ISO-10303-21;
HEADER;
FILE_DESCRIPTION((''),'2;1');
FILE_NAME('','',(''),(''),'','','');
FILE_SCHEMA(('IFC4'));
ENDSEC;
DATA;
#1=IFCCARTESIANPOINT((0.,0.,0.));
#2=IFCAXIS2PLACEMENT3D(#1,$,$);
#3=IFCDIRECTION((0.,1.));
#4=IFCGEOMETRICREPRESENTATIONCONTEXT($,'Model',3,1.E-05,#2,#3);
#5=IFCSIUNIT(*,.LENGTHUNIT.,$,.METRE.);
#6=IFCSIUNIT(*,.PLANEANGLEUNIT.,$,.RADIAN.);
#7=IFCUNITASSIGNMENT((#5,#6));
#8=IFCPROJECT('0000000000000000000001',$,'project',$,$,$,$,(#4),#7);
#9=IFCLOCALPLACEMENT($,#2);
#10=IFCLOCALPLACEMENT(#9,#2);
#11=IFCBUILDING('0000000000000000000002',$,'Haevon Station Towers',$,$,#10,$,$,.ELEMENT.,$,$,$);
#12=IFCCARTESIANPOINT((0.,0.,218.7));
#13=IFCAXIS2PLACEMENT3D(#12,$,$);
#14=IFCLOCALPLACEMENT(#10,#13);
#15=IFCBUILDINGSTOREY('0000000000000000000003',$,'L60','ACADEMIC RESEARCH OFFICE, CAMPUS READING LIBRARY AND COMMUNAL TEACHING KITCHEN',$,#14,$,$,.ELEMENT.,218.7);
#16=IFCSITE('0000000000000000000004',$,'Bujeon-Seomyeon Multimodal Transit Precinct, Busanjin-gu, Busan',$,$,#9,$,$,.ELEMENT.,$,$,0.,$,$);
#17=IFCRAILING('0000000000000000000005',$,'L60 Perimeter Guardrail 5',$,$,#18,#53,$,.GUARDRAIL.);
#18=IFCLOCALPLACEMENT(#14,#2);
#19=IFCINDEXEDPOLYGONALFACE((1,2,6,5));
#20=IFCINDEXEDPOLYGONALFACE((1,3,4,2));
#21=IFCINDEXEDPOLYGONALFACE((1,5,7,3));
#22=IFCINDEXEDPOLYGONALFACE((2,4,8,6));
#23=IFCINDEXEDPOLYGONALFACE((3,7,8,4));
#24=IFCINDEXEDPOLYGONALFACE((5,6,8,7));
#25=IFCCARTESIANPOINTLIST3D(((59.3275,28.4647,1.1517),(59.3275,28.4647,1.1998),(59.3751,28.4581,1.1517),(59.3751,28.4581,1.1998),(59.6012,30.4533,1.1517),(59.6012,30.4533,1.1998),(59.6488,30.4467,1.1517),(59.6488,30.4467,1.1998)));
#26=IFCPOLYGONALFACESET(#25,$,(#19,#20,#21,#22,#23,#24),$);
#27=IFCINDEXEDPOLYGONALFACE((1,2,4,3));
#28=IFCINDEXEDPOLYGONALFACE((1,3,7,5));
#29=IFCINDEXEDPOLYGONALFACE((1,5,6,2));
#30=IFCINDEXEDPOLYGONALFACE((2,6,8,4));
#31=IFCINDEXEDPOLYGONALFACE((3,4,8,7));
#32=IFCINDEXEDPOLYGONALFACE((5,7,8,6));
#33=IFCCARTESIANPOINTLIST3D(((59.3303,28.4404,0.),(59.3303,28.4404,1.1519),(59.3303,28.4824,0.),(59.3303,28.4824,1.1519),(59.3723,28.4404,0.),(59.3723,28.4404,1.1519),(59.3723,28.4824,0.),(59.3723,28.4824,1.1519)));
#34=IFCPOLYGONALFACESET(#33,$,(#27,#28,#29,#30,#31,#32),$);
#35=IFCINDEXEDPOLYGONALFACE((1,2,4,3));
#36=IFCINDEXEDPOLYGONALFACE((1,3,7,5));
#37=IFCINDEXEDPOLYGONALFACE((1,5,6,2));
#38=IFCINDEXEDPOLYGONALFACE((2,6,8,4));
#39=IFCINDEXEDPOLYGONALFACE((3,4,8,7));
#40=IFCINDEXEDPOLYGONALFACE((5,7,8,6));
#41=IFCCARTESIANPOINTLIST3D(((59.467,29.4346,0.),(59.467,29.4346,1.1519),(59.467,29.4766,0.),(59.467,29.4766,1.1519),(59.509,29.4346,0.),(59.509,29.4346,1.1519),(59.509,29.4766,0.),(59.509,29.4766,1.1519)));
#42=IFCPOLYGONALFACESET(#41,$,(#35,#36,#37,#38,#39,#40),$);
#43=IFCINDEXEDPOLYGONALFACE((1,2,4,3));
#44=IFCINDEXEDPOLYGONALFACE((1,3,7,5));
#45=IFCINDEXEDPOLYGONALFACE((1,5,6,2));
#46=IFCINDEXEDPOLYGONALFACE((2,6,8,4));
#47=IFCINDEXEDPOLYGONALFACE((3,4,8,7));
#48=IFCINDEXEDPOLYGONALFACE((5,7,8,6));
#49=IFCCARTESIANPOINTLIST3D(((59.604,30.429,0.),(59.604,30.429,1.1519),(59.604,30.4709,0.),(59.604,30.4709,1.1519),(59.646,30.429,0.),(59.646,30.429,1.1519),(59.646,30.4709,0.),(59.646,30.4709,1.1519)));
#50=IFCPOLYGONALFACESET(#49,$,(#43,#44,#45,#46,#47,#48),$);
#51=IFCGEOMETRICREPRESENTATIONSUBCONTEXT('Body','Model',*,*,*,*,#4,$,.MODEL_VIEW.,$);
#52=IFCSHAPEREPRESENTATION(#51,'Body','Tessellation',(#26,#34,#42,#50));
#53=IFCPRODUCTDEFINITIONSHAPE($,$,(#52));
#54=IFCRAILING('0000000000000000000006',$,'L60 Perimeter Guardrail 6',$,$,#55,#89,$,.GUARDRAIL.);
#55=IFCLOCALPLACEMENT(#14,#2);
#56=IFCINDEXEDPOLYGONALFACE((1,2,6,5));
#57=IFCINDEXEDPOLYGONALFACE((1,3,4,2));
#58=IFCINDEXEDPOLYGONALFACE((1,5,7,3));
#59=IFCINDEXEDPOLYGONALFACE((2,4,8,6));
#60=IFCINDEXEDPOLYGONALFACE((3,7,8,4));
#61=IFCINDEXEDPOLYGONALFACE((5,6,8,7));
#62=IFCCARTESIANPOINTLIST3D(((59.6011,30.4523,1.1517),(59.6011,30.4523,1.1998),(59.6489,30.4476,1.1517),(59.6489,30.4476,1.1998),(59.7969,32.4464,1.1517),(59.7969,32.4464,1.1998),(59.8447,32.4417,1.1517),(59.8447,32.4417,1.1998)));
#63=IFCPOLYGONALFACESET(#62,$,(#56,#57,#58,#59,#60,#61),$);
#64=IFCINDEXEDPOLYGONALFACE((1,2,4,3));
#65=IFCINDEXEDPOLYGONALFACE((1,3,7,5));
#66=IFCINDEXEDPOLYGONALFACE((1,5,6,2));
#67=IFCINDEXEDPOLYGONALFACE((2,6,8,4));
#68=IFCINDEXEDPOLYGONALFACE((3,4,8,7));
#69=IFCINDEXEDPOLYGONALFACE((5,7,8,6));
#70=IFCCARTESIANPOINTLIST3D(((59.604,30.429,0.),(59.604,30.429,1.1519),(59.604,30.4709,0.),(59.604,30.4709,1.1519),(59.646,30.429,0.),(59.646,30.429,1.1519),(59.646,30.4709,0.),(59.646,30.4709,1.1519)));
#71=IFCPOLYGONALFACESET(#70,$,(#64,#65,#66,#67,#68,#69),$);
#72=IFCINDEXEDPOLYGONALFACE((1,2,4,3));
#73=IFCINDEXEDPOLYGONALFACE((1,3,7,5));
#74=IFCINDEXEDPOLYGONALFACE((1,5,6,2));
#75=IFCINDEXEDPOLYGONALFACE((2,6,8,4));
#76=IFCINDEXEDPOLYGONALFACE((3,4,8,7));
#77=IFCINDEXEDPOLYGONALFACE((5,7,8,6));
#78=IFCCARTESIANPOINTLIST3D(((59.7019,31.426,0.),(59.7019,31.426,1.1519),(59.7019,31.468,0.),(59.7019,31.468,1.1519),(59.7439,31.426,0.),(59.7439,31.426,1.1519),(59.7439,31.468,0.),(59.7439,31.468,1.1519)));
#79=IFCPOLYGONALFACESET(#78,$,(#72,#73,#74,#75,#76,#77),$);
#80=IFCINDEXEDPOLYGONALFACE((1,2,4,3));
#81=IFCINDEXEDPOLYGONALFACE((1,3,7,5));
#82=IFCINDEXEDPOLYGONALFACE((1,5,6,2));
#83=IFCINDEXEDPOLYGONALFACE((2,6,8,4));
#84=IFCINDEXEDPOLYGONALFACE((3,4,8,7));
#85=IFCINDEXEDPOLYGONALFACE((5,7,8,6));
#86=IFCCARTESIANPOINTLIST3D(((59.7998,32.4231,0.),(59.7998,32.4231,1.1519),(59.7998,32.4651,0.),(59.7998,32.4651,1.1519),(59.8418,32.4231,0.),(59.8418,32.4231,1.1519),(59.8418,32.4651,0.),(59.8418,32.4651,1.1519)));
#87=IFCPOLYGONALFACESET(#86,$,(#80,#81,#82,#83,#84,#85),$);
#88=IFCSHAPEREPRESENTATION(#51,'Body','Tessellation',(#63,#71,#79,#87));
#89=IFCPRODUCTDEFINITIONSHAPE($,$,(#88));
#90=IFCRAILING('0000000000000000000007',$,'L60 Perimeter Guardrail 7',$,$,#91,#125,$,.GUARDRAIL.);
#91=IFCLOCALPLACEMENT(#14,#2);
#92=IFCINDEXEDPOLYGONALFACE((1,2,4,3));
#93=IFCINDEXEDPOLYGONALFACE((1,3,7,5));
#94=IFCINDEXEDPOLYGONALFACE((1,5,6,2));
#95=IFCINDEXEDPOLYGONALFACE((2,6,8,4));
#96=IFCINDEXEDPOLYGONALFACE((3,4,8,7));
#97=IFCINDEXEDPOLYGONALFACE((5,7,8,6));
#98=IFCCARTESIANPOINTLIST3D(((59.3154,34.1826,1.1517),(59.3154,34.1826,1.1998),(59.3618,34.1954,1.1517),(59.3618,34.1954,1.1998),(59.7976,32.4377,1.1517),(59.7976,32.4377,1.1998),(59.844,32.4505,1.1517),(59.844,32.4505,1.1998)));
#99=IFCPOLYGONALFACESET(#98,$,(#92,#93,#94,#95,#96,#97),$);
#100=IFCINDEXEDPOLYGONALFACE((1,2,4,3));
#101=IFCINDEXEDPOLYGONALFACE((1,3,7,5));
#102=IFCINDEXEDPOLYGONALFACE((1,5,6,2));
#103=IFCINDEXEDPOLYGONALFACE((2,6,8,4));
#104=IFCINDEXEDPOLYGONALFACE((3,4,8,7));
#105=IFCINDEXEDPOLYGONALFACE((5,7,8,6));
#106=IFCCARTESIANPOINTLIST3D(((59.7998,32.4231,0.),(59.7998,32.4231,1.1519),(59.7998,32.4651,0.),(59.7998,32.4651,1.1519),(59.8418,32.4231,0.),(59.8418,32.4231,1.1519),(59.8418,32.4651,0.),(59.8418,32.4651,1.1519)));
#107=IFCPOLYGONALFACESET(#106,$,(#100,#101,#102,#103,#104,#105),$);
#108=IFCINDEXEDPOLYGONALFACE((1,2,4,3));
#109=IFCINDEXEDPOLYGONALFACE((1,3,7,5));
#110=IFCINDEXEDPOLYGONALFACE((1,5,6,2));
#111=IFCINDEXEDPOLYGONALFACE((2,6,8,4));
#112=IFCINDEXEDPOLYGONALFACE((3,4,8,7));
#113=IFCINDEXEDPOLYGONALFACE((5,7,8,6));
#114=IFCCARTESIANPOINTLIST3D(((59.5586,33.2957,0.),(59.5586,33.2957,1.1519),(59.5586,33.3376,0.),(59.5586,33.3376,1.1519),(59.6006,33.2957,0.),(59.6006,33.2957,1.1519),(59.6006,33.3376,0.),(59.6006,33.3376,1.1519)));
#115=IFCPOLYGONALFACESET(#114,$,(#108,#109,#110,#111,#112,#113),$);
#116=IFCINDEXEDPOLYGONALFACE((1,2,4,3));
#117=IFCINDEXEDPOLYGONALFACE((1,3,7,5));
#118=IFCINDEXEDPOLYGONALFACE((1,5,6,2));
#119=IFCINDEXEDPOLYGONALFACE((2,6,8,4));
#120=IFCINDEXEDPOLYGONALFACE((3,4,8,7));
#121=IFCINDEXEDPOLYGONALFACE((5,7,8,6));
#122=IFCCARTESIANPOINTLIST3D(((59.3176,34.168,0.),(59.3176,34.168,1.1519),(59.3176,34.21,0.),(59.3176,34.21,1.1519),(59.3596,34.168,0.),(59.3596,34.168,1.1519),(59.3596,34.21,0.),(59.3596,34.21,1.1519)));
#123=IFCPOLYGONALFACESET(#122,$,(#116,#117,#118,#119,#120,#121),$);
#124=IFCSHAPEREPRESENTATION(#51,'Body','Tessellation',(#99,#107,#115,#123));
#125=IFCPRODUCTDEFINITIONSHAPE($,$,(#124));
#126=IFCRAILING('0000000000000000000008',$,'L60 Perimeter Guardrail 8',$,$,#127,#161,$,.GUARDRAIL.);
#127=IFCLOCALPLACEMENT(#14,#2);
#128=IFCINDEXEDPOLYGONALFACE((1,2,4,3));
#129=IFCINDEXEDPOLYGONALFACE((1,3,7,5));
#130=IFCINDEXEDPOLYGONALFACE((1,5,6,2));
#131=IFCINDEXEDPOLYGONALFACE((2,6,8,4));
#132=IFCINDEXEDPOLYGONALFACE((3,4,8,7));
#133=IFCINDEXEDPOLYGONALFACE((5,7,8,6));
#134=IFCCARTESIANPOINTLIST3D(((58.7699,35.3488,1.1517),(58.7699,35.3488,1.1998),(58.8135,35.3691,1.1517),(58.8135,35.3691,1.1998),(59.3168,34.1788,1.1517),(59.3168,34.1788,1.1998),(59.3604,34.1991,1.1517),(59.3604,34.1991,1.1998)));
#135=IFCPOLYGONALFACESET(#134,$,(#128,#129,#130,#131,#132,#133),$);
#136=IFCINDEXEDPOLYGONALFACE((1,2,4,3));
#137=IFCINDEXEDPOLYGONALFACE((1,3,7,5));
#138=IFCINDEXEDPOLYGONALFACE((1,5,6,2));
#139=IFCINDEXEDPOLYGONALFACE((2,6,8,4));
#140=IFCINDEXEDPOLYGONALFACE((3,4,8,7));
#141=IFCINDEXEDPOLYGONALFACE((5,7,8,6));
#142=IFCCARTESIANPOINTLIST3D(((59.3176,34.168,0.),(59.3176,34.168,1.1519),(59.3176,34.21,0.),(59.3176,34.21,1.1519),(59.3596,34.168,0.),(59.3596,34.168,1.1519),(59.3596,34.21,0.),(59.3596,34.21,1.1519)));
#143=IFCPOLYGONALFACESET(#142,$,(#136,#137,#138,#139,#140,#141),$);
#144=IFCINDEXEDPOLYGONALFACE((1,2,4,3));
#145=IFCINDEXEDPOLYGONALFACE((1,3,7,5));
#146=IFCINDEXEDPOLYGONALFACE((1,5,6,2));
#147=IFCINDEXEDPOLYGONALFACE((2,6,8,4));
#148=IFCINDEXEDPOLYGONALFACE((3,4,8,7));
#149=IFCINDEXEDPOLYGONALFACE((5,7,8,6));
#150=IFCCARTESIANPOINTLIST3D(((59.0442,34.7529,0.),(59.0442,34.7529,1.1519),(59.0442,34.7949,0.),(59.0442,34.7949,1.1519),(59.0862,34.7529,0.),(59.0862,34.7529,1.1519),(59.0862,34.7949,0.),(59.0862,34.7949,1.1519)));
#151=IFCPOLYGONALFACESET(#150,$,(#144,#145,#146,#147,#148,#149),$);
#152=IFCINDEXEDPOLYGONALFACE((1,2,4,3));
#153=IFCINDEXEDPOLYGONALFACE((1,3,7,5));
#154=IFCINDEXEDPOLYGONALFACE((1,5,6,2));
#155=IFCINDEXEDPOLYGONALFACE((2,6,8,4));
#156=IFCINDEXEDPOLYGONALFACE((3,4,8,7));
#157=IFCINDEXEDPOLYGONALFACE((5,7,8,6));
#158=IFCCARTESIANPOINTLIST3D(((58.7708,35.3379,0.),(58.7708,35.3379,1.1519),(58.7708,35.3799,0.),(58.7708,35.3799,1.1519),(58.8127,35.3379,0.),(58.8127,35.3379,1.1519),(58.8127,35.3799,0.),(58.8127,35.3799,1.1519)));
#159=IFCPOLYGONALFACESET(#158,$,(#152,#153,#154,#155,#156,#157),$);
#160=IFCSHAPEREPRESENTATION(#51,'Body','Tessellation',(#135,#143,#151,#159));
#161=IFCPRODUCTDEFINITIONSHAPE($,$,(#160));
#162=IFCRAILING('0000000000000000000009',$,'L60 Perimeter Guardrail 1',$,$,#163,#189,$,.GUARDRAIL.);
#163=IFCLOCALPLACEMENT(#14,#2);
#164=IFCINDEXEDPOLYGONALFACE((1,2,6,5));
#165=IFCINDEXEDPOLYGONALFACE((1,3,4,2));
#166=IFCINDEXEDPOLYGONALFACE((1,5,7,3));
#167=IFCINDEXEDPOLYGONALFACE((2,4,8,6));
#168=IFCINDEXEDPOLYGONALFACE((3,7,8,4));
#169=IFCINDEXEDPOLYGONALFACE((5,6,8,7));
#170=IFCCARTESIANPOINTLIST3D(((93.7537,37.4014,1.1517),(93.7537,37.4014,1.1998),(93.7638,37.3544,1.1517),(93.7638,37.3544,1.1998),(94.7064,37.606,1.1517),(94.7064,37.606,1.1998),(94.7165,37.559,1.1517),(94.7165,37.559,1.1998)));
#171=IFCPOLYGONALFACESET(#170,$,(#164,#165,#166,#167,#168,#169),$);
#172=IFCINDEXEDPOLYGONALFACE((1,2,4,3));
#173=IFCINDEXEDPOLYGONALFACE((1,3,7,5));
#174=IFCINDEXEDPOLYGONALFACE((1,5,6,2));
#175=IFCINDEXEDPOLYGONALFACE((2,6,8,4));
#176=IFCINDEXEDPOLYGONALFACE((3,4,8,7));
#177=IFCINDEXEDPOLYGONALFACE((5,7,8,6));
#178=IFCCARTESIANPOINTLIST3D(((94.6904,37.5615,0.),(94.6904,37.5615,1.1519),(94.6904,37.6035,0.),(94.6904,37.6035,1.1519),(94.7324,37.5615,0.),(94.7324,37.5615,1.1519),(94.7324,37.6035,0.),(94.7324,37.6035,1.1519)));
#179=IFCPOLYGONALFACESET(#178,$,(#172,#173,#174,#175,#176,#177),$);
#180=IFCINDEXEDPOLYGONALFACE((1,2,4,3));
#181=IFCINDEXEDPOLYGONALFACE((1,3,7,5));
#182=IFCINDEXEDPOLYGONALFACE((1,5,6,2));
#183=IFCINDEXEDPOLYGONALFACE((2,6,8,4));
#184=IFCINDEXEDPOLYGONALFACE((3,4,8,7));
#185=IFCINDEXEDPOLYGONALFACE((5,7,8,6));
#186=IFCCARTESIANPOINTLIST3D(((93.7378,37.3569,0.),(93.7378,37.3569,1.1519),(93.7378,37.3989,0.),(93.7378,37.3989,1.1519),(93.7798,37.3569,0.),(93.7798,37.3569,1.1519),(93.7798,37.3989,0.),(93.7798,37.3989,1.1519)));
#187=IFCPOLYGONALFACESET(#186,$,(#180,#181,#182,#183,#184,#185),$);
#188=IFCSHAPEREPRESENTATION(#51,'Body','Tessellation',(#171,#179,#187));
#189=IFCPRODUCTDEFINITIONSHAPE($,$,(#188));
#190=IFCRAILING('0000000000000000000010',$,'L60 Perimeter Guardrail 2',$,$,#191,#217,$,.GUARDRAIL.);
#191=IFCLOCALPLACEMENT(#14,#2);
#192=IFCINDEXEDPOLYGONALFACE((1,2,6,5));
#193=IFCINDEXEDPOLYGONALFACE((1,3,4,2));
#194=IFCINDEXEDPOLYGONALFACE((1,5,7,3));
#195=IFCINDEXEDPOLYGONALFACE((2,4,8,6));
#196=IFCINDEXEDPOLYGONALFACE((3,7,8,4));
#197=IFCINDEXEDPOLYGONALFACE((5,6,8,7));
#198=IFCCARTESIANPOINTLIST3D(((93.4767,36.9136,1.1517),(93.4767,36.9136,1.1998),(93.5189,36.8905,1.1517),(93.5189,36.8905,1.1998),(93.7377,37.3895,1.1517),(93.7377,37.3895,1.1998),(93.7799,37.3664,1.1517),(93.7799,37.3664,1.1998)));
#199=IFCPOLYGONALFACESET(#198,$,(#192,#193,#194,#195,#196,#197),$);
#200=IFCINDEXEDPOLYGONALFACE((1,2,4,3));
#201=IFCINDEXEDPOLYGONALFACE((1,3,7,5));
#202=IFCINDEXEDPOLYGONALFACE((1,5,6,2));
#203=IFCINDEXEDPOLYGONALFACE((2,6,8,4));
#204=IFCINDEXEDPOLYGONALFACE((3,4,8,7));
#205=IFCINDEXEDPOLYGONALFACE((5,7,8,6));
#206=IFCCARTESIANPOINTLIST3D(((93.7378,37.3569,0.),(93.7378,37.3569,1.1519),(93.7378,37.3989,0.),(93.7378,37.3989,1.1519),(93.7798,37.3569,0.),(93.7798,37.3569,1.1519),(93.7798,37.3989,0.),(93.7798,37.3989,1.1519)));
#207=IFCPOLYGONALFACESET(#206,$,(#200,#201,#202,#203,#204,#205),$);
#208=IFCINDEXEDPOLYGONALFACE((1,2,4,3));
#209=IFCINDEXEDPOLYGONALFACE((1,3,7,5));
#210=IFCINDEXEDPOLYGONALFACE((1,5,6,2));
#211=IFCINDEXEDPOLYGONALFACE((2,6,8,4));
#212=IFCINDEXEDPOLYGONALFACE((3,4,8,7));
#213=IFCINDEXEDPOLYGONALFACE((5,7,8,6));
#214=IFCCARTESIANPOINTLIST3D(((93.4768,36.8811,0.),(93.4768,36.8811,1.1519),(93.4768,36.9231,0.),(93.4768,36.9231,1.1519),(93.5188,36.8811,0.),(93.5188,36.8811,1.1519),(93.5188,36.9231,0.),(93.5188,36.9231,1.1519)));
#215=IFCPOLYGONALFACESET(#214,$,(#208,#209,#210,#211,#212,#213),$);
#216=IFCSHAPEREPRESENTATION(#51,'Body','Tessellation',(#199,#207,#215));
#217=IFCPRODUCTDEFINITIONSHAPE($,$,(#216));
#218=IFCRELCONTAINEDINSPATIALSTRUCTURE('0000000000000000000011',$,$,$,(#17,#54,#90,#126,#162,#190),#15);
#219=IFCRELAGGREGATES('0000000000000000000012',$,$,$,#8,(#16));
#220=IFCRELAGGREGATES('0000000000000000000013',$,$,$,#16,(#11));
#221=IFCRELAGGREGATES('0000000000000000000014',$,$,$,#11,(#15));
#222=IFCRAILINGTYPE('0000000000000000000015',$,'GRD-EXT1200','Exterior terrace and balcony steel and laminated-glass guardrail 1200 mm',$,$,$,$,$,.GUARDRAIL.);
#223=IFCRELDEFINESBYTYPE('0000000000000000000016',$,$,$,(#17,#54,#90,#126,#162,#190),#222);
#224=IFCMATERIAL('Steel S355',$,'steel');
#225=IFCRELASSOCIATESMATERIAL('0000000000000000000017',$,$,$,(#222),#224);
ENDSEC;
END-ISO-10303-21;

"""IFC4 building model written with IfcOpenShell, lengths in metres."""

from ifc_helpers import new_model, si_unit, direction, frame, origin, origin_2d, place, context, subcontext, project, spatial, rectangle, extrude, material, type_object, element, save


model = new_model("IFC4")

# Units and contexts
model_context = context("Model", 3, precision=1e-05, world=origin(), true_north=direction((0.0, 1.0)))
body_context = subcontext(model_context, "Body", "Model", "MODEL_VIEW")
ifc_project = project(units=[si_unit("LENGTHUNIT", "METRE"), si_unit("PLANEANGLEUNIT", "RADIAN")], contexts=[model_context])

# Site, building, storey
site_placement = place(None, origin())
site = spatial("IfcSite", under=ifc_project, at=site_placement, Name="Bujeon-Seomyeon Multimodal Transit Precinct, Busanjin-gu, Busan", CompositionType="ELEMENT", RefElevation=0.0)
building_placement = place(site_placement, origin())
building = spatial("IfcBuilding", under=site, at=building_placement, Name="Haevon Station Towers", CompositionType="ELEMENT")
storey_placement = place(building_placement, frame((0.0, 0.0, 218.7)))
storey = spatial("IfcBuildingStorey", under=building, at=storey_placement, Name="L60", Description="ACADEMIC RESEARCH OFFICE, CAMPUS READING LIBRARY AND COMMUNAL TEACHING KITCHEN", CompositionType="ELEMENT", Elevation=218.7)

# Shared definitions
ifc_material_1 = material(Name="Steel S355", Category="steel")

# Railings
railing_type = type_object("IfcRailingType", Name="GRD-EXT1200", Description="Exterior terrace and balcony steel and laminated-glass guardrail 1200 mm", PredefinedType="GUARDRAIL", material=ifc_material_1)
railing_1_placement = place(storey_placement, frame((59.3513, 28.4614, 0.0)))
element("IfcRailing", 1, at=railing_1_placement, inside=storey, type_object=railing_type, Name="L60 Perimeter Guardrail 5", PredefinedType="GUARDRAIL", context=body_context, shape_type="SweptSolid", body=[
    extrude(rectangle(XDim=0.0481, YDim=0.0481, at=origin_2d()), frame((0.0, 0.0, 1.1758), z_axis=(0.136345, 0.990661, 0.0), x_axis=(-0.990661, 0.136345, 0.0)), (0.0, 0.0, 1.0), 2.0073),
    extrude(rectangle(XDim=0.042, YDim=0.042, at=origin_2d()), origin(), (0.0, 0.0, 1.0), 1.1519),
    extrude(rectangle(XDim=0.042, YDim=0.042, at=origin_2d()), frame((0.1367, 0.9941, 0.0)), (0.0, 0.0, 1.0), 1.1519),
    extrude(rectangle(XDim=0.042, YDim=0.042, at=origin_2d()), frame((0.2737, 1.9885, 0.0)), (0.0, 0.0, 1.0), 1.1519),
])
railing_2_placement = place(storey_placement, frame((59.625, 30.45, 0.0)))
element("IfcRailing", 2, at=railing_2_placement, inside=storey, type_object=railing_type, Name="L60 Perimeter Guardrail 6", PredefinedType="GUARDRAIL", context=body_context, shape_type="SweptSolid", body=[
    extrude(rectangle(XDim=0.0481, YDim=0.0481, at=origin_2d()), frame((0.0, 0.0, 1.1758), z_axis=(0.097718, 0.995214, 0.0), x_axis=(-0.995214, 0.097718, 0.0)), (0.0, 0.0, 1.0), 2.0037),
    extrude(rectangle(XDim=0.042, YDim=0.042, at=origin_2d()), origin(), (0.0, 0.0, 1.0), 1.1519),
    extrude(rectangle(XDim=0.042, YDim=0.042, at=origin_2d()), frame((0.0979, 0.9971, 0.0)), (0.0, 0.0, 1.0), 1.1519),
    extrude(rectangle(XDim=0.042, YDim=0.042, at=origin_2d()), frame((0.1958, 1.9941, 0.0)), (0.0, 0.0, 1.0), 1.1519),
])
railing_3_placement = place(storey_placement, frame((59.8208, 32.4441, 0.0)))
element("IfcRailing", 3, at=railing_3_placement, inside=storey, type_object=railing_type, Name="L60 Perimeter Guardrail 7", PredefinedType="GUARDRAIL", context=body_context, shape_type="SweptSolid", body=[
    extrude(rectangle(XDim=0.0481, YDim=0.0481, at=origin_2d()), frame((0.0, 0.0, 1.1758), z_axis=(-0.266357, 0.963874, 0.0), x_axis=(-0.963874, -0.266357, 0.0)), (0.0, 0.0, 1.0), 1.8103),
    extrude(rectangle(XDim=0.042, YDim=0.042, at=origin_2d()), origin(), (0.0, 0.0, 1.0), 1.1519),
    extrude(rectangle(XDim=0.042, YDim=0.042, at=origin_2d()), frame((-0.2412, 0.8726, 0.0)), (0.0, 0.0, 1.0), 1.1519),
    extrude(rectangle(XDim=0.042, YDim=0.042, at=origin_2d()), frame((-0.4822, 1.7449, 0.0)), (0.0, 0.0, 1.0), 1.1519),
])
railing_4_placement = place(storey_placement, frame((59.3386, 34.189, 0.0)))
element("IfcRailing", 4, at=railing_4_placement, inside=storey, type_object=railing_type, Name="L60 Perimeter Guardrail 8", PredefinedType="GUARDRAIL", context=body_context, shape_type="SweptSolid", body=[
    extrude(rectangle(XDim=0.0481, YDim=0.0481, at=origin_2d()), frame((0.0, 0.0, 1.1758), z_axis=(-0.423465, 0.905912, 0.0), x_axis=(-0.905912, -0.423465, 0.0)), (0.0, 0.0, 1.0), 1.2915),
    extrude(rectangle(XDim=0.042, YDim=0.042, at=origin_2d()), origin(), (0.0, 0.0, 1.0), 1.1519),
    extrude(rectangle(XDim=0.042, YDim=0.042, at=origin_2d()), frame((-0.2734, 0.585, 0.0)), (0.0, 0.0, 1.0), 1.1519),
    extrude(rectangle(XDim=0.042, YDim=0.042, at=origin_2d()), frame((-0.5469, 1.1699, 0.0)), (0.0, 0.0, 1.0), 1.1519),
])
railing_5_placement = place(storey_placement, frame((94.7114, 37.5825, 0.0)))
element("IfcRailing", 5, at=railing_5_placement, inside=storey, type_object=railing_type, Name="L60 Perimeter Guardrail 1", PredefinedType="GUARDRAIL", context=body_context, shape_type="SweptSolid", body=[
    extrude(rectangle(XDim=0.0481, YDim=0.0481, at=origin_2d()), frame((0.0, 0.0, 1.1758), z_axis=(-0.977707, -0.209974, 0.0), x_axis=(0.209974, -0.977707, 0.0)), (0.0, 0.0, 1.0), 0.9744),
    extrude(rectangle(XDim=0.042, YDim=0.042, at=origin_2d()), origin(), (0.0, 0.0, 1.0), 1.1519),
    extrude(rectangle(XDim=0.042, YDim=0.042, at=origin_2d()), frame((-0.9526, -0.2046, 0.0)), (0.0, 0.0, 1.0), 1.1519),
])
railing_6_placement = place(storey_placement, frame((93.7588, 37.3779, 0.0)))
element("IfcRailing", 6, at=railing_6_placement, inside=storey, type_object=railing_type, Name="L60 Perimeter Guardrail 2", PredefinedType="GUARDRAIL", context=body_context, shape_type="SweptSolid", body=[
    extrude(rectangle(XDim=0.0481, YDim=0.0481, at=origin_2d()), frame((0.0, 0.0, 1.1758), z_axis=(-0.4809, -0.876776, 0.0), x_axis=(0.876776, -0.4809, 0.0)), (0.0, 0.0, 1.0), 0.5427),
    extrude(rectangle(XDim=0.042, YDim=0.042, at=origin_2d()), origin(), (0.0, 0.0, 1.0), 1.1519),
    extrude(rectangle(XDim=0.042, YDim=0.042, at=origin_2d()), frame((-0.261, -0.4758, 0.0)), (0.0, 0.0, 1.0), 1.1519),
])

save(model, "model.ifc")
